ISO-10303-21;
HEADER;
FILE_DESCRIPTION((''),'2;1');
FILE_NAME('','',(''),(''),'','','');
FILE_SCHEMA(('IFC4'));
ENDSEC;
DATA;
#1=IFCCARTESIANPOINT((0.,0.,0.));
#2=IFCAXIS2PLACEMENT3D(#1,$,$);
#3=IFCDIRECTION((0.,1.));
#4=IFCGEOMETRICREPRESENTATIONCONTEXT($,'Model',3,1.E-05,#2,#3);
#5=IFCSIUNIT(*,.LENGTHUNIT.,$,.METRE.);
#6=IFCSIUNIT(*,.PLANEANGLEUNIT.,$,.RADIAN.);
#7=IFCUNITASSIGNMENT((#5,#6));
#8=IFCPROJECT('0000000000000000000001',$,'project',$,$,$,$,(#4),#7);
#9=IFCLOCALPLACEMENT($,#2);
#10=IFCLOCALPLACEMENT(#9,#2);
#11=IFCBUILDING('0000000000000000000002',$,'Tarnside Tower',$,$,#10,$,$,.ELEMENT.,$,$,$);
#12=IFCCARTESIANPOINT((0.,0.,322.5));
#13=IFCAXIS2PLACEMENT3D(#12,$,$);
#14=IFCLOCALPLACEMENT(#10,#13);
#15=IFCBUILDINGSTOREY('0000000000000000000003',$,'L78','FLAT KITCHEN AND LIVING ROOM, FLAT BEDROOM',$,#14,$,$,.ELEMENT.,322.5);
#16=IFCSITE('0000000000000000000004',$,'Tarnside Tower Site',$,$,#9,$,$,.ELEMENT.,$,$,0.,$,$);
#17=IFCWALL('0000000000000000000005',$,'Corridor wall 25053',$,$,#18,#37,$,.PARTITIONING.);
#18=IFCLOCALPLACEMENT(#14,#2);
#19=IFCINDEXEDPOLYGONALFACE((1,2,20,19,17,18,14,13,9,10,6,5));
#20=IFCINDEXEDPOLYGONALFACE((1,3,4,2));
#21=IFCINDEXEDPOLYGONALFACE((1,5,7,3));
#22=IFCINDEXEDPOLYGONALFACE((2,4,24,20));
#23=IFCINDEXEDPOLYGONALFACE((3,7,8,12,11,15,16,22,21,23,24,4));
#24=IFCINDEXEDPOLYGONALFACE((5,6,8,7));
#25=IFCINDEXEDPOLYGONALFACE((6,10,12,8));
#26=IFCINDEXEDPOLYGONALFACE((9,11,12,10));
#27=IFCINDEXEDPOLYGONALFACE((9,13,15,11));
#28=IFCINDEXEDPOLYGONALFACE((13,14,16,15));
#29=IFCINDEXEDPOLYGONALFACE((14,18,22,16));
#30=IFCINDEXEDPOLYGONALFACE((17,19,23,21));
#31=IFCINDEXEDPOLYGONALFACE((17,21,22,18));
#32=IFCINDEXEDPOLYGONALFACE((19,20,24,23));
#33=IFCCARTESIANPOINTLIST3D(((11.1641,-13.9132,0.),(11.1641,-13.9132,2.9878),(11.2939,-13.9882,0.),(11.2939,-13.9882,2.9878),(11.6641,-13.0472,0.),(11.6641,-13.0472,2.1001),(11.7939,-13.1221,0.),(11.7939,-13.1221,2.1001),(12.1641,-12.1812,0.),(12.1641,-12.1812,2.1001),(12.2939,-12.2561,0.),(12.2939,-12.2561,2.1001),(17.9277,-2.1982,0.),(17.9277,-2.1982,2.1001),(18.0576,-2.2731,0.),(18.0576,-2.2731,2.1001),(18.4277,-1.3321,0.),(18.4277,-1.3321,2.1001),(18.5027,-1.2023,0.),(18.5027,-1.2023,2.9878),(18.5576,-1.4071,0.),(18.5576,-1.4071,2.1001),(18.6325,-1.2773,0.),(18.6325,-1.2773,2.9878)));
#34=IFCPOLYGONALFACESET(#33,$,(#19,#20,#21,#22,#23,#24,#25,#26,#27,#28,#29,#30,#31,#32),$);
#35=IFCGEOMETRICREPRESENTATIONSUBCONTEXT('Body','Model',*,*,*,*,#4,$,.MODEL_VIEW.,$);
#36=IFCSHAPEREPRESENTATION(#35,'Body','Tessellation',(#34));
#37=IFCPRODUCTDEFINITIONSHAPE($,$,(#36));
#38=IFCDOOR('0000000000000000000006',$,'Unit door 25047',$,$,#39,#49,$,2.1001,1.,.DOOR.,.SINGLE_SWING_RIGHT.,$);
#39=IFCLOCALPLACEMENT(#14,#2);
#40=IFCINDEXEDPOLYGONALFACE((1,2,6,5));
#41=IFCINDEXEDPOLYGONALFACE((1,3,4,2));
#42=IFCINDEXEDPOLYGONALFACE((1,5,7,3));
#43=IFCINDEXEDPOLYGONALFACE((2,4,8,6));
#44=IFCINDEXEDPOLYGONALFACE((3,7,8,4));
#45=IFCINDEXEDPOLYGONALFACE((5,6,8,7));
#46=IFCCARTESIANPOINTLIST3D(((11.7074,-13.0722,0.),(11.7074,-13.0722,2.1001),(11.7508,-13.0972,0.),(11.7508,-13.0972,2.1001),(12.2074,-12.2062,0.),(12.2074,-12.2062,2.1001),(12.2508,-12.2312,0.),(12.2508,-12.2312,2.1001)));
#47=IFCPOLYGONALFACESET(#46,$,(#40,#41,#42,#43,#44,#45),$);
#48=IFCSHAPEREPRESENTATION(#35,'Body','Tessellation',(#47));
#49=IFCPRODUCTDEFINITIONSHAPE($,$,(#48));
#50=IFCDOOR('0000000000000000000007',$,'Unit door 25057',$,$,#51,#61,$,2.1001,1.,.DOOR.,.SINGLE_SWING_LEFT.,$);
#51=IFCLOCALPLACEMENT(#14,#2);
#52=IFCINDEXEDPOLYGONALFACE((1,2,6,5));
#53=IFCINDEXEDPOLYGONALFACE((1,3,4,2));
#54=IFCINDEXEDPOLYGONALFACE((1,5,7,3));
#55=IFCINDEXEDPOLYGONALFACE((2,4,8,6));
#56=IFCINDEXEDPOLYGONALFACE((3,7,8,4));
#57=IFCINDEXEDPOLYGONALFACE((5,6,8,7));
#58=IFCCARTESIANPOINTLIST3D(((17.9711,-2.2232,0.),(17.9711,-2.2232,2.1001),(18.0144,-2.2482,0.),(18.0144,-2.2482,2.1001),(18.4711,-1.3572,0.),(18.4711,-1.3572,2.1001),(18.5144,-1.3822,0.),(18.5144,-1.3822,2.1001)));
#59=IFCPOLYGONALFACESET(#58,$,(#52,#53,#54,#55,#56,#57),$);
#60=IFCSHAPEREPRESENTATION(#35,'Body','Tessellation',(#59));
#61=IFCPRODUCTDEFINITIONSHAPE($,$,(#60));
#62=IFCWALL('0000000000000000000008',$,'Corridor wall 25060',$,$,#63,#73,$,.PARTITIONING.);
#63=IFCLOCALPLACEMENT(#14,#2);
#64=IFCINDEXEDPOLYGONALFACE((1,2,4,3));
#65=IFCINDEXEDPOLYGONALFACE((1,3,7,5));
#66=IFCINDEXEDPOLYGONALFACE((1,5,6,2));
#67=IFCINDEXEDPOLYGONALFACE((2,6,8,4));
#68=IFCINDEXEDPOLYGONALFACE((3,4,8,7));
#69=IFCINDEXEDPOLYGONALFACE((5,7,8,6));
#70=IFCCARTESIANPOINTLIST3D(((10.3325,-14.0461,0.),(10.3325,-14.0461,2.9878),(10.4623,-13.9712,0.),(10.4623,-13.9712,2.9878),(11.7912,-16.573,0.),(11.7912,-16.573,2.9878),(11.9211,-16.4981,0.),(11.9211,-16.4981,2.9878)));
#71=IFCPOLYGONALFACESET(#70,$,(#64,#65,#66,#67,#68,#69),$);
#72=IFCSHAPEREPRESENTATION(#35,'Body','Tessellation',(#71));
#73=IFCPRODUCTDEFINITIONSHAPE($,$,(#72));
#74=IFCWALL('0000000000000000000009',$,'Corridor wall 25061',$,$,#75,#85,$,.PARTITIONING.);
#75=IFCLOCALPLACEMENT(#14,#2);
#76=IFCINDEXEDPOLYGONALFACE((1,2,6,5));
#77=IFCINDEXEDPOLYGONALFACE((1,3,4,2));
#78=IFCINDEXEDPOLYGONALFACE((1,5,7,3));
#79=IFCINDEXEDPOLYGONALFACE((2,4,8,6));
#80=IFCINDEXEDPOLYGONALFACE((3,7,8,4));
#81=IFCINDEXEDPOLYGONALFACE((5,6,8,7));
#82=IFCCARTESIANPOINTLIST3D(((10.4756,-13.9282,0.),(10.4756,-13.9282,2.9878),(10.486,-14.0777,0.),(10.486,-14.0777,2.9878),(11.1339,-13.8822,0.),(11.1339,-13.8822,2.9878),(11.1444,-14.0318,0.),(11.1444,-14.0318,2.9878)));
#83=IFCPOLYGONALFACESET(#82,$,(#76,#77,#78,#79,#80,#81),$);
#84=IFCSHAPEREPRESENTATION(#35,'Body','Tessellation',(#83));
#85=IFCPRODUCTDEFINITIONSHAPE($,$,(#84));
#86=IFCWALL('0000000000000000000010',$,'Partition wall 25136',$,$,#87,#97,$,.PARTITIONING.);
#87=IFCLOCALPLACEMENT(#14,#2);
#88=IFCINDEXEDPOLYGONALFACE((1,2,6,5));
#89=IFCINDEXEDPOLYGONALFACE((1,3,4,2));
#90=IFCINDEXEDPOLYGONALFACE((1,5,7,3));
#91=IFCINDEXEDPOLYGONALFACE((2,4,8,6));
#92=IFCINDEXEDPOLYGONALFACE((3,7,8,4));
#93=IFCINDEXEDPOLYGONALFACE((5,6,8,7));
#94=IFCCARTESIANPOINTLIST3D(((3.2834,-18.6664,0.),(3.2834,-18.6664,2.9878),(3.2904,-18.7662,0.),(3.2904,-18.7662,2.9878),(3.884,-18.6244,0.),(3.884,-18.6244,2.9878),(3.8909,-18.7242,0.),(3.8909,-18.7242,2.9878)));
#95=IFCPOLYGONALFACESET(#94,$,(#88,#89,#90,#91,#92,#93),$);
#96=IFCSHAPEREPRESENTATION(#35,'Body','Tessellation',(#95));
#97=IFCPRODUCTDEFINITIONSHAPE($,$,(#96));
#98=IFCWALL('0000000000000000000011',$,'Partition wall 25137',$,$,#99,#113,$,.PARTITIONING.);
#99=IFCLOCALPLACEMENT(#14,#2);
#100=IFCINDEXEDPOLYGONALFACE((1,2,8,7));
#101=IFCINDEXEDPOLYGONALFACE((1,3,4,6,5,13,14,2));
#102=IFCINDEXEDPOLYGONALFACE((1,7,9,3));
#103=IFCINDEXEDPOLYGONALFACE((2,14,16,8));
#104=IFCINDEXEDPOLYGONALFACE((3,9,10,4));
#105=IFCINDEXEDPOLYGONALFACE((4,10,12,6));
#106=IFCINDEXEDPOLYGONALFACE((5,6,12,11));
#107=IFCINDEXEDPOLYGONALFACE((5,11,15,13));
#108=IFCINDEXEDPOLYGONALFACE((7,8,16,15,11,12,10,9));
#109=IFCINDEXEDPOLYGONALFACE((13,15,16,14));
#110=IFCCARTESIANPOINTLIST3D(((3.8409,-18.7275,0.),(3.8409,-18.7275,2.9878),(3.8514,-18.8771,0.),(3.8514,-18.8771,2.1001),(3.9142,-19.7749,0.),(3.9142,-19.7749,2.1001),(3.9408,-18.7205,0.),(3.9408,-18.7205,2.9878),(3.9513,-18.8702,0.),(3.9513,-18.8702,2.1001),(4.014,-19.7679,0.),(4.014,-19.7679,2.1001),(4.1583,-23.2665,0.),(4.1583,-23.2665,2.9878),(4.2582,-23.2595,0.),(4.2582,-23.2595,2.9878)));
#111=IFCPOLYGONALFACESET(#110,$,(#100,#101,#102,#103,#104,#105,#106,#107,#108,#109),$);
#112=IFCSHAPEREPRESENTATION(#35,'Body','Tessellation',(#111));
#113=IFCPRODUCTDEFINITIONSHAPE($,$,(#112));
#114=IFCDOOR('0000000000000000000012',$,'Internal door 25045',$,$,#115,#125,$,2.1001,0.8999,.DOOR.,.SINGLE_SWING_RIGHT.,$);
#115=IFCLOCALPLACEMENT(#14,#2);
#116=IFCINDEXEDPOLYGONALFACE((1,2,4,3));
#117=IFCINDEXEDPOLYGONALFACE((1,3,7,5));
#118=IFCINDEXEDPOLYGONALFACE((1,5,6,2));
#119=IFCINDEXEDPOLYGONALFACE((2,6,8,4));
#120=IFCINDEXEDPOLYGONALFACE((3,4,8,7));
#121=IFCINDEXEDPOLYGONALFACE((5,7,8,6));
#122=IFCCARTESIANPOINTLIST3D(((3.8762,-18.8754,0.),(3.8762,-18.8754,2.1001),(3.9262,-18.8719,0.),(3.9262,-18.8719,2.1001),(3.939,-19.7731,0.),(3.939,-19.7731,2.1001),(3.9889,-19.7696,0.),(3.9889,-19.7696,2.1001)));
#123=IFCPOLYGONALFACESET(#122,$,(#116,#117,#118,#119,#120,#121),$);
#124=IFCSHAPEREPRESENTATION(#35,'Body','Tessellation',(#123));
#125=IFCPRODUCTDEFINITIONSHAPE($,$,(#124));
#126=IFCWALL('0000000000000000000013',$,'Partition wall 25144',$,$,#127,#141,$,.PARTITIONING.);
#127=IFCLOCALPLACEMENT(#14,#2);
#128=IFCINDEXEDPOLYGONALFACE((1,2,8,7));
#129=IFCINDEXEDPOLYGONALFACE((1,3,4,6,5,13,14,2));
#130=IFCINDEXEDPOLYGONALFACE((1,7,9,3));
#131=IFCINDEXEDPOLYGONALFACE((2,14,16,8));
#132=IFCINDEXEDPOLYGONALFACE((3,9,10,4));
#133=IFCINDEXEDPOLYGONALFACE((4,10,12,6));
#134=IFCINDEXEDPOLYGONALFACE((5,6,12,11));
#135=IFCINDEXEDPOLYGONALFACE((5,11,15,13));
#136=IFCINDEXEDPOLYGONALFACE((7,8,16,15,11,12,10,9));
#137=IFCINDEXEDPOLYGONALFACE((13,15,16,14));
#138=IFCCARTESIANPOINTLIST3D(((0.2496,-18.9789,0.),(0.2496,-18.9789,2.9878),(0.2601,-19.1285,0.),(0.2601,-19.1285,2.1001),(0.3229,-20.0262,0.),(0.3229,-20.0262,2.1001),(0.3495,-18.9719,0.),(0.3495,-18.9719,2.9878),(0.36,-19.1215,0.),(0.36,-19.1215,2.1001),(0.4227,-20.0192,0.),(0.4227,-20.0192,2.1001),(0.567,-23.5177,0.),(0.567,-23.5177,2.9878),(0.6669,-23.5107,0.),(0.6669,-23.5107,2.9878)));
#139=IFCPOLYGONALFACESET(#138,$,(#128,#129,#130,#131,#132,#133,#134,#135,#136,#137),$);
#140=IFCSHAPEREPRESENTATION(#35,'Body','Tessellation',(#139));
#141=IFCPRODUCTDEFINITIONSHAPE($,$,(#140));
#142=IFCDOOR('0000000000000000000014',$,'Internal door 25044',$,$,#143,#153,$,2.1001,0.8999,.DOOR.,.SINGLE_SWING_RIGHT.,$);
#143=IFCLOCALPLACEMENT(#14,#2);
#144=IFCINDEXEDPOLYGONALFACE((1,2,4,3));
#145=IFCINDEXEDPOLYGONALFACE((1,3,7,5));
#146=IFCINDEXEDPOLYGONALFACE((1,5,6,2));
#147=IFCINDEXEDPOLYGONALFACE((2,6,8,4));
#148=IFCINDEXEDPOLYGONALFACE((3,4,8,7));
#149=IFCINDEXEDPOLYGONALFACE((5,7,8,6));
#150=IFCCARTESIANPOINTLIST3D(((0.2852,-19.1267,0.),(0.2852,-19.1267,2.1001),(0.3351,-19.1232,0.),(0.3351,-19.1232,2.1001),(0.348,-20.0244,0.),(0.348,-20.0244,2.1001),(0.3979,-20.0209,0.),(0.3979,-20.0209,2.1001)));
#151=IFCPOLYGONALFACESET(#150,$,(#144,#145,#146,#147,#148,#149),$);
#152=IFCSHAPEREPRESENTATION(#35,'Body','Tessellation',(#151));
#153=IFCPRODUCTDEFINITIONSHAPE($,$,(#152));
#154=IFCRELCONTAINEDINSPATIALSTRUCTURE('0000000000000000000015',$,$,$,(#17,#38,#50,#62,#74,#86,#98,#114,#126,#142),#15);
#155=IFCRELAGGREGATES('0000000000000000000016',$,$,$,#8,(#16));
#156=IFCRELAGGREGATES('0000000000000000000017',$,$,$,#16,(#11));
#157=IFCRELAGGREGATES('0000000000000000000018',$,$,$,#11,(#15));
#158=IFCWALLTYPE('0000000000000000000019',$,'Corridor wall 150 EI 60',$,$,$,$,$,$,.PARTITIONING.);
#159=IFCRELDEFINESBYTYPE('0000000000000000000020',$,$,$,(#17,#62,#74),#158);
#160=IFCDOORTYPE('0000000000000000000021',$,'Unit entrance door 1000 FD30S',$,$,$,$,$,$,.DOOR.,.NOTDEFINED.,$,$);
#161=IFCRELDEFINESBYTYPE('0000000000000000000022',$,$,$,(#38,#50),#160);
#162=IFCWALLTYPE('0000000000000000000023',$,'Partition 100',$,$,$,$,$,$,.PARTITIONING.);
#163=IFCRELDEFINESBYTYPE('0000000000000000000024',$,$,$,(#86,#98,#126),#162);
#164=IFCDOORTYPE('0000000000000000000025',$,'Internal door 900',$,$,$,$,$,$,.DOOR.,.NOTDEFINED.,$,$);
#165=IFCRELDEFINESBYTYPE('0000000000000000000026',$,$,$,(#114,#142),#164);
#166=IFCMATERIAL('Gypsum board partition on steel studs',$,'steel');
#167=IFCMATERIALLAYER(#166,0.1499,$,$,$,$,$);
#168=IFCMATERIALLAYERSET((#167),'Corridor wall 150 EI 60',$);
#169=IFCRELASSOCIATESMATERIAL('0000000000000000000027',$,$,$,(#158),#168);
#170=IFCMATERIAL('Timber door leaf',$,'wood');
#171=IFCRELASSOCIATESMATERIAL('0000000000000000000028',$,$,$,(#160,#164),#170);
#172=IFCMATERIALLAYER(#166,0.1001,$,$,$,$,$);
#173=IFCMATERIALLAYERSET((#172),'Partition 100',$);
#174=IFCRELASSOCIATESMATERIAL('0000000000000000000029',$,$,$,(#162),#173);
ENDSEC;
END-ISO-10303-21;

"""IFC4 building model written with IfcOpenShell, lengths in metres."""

from ifc_helpers import new_model, si_unit, direction, frame, frame_2d, origin, place, context, subcontext, project, spatial, rectangle, extrude, material, layer, layer_set, type_object, element, fill, save


model = new_model("IFC4")

# Units and contexts
model_context = context("Model", 3, precision=1e-05, world=origin(), true_north=direction((0.0, 1.0)))
body_context = subcontext(model_context, "Body", "Model", "MODEL_VIEW")
ifc_project = project(units=[si_unit("LENGTHUNIT", "METRE"), si_unit("PLANEANGLEUNIT", "RADIAN")], contexts=[model_context])

# Site, building, storey
site_placement = place(None, origin())
site = spatial("IfcSite", under=ifc_project, at=site_placement, Name="Tarnside Tower Site", CompositionType="ELEMENT", RefElevation=0.0)
building_placement = place(site_placement, origin())
building = spatial("IfcBuilding", under=site, at=building_placement, Name="Tarnside Tower", CompositionType="ELEMENT")
storey_placement = place(building_placement, frame((0.0, 0.0, 322.5)))
storey = spatial("IfcBuildingStorey", under=building, at=storey_placement, Name="L78", Description="FLAT KITCHEN AND LIVING ROOM, FLAT BEDROOM", CompositionType="ELEMENT", Elevation=322.5)

# Shared definitions
ifc_material_1 = material(Name="Gypsum board partition on steel studs", Category="steel")

# Shared definitions
ifc_material_2 = material(Name="Timber door leaf", Category="wood")

# Shared definitions
ifc_layer_1 = layer(ifc_material_1, 0.1499)
ifc_layer_set_1 = layer_set([ifc_layer_1], Name="Corridor wall 150 EI 60")
wall_type_1 = type_object("IfcWallType", Name="Corridor wall 150 EI 60", PredefinedType="PARTITIONING", material=ifc_layer_set_1)

# Wall, openings, doors
wall_1_placement = place(storey_placement, frame((11.229, -13.9507, 0.0), z_axis=(0.0, 0.0, 1.0), x_axis=(0.499998, 0.866027, 0.0)))
wall_1 = element("IfcWall", 1, at=wall_1_placement, inside=storey, type_object=wall_type_1, Name="Corridor wall 25053", PredefinedType="PARTITIONING", context=body_context, shape_type="SweptSolid", body=[
    extrude(rectangle(XDim=14.6772, YDim=0.1499, at=frame_2d((7.3386, 0.0))), origin(), (0.0, 0.0, 1.0), 2.9878),
])
opening_1_placement = place(wall_1_placement, frame((1.0, 0.0, 0.0)))
opening_1 = element("IfcOpeningElement", 2, at=opening_1_placement, cuts=wall_1, PredefinedType="OPENING", context=body_context, shape_type="SweptSolid", body=[
    extrude(rectangle(XDim=1.0, YDim=2.1001, at=frame_2d((0.5, 1.05))), frame((0.0, 0.085, 0.0), z_axis=(0.0, -1.0, 0.0), x_axis=(1.0, 0.0, 0.0)), (0.0, 0.0, 1.0), 0.1699),
])
opening_2_placement = place(wall_1_placement, frame((13.5273, 0.0, 0.0)))
opening_2 = element("IfcOpeningElement", 3, at=opening_2_placement, cuts=wall_1, PredefinedType="OPENING", context=body_context, shape_type="SweptSolid", body=[
    extrude(rectangle(XDim=1.0, YDim=2.1001, at=frame_2d((0.5, 1.05))), frame((0.0, 0.085, 0.0), z_axis=(0.0, -1.0, 0.0), x_axis=(1.0, 0.0, 0.0)), (0.0, 0.0, 1.0), 0.1699),
])
door_type_1 = type_object("IfcDoorType", Name="Unit entrance door 1000 FD30S", OperationType="NOTDEFINED", PredefinedType="DOOR", material=ifc_material_2)
door_1_placement = place(opening_1_placement, origin())
door_1 = element("IfcDoor", 4, at=door_1_placement, inside=storey, type_object=door_type_1, Name="Unit door 25047", OperationType="SINGLE_SWING_RIGHT", OverallHeight=2.1001, OverallWidth=1.0, PredefinedType="DOOR", context=body_context, shape_type="SweptSolid", body=[
    extrude(rectangle(XDim=1.0, YDim=2.1001, at=frame_2d((0.5, 1.05))), frame((0.0, 0.0249, 0.0), z_axis=(0.0, -1.0, 0.0), x_axis=(1.0, 0.0, 0.0)), (0.0, 0.0, 1.0), 0.05),
])
fill(opening_1, door_1)
door_2_placement = place(opening_2_placement, origin())
door_2 = element("IfcDoor", 5, at=door_2_placement, inside=storey, type_object=door_type_1, Name="Unit door 25057", OperationType="SINGLE_SWING_LEFT", OverallHeight=2.1001, OverallWidth=1.0, PredefinedType="DOOR", context=body_context, shape_type="SweptSolid", body=[
    extrude(rectangle(XDim=1.0, YDim=2.1001, at=frame_2d((0.5, 1.05))), frame((0.0, 0.0249, 0.0), z_axis=(0.0, -1.0, 0.0), x_axis=(1.0, 0.0, 0.0)), (0.0, 0.0, 1.0), 0.05),
])
fill(opening_2, door_2)

# Walls
wall_2_placement = place(storey_placement, frame((11.8562, -16.5356, 0.0), z_axis=(0.0, 0.0, 1.0), x_axis=(-0.499964, 0.866046, 0.0)))
element("IfcWall", 6, at=wall_2_placement, inside=storey, type_object=wall_type_1, Name="Corridor wall 25060", PredefinedType="PARTITIONING", context=body_context, shape_type="SweptSolid", body=[
    extrude(rectangle(XDim=2.9177, YDim=0.1499, at=frame_2d((1.459, 0.0))), origin(), (0.0, 0.0, 1.0), 2.9878),
])
wall_3_placement = place(storey_placement, frame((10.4807, -14.0029, 0.0), z_axis=(0.0, 0.0, 1.0), x_axis=(0.997577, 0.069564, 0.0)))
element("IfcWall", 7, at=wall_3_placement, inside=storey, type_object=wall_type_1, Name="Corridor wall 25061", PredefinedType="PARTITIONING", context=body_context, shape_type="SweptSolid", body=[
    extrude(rectangle(XDim=0.6599, YDim=0.1499, at=frame_2d((0.3301, 0.0))), origin(), (0.0, 0.0, 1.0), 2.9878),
])
ifc_layer_2 = layer(ifc_material_1, 0.1001)
ifc_layer_set_2 = layer_set([ifc_layer_2], Name="Partition 100")
wall_type_2 = type_object("IfcWallType", Name="Partition 100", PredefinedType="PARTITIONING", material=ifc_layer_set_2)
wall_4_placement = place(storey_placement, frame((3.2869, -18.7163, 0.0), z_axis=(0.0, 0.0, 1.0), x_axis=(0.997565, 0.069748, 0.0)))
element("IfcWall", 8, at=wall_4_placement, inside=storey, type_object=wall_type_2, Name="Partition wall 25136", PredefinedType="PARTITIONING", context=body_context, shape_type="SweptSolid", body=[
    extrude(rectangle(XDim=0.6021, YDim=0.1001, at=frame_2d((0.301, 0.0))), origin(), (0.0, 0.0, 1.0), 2.9878),
])

# Walls, openings, doors
wall_5_placement = place(storey_placement, frame((3.8909, -18.7241, 0.0), z_axis=(0.0, 0.0, 1.0), x_axis=(0.069752, -0.997564, 0.0)))
wall_5 = element("IfcWall", 9, at=wall_5_placement, inside=storey, type_object=wall_type_2, Name="Partition wall 25137", PredefinedType="PARTITIONING", context=body_context, shape_type="SweptSolid", body=[
    extrude(rectangle(XDim=4.55, YDim=0.1001, at=frame_2d((2.2749, 0.0))), origin(), (0.0, 0.0, 1.0), 2.9878),
])
opening_3_placement = place(wall_5_placement, frame((0.1499, 0.0, 0.0)))
opening_3 = element("IfcOpeningElement", 10, at=opening_3_placement, cuts=wall_5, PredefinedType="OPENING", context=body_context, shape_type="SweptSolid", body=[
    extrude(rectangle(XDim=0.8999, YDim=2.1001, at=frame_2d((0.45, 1.05))), frame((0.0, 0.0601, 0.0), z_axis=(0.0, -1.0, 0.0), x_axis=(1.0, 0.0, 0.0)), (0.0, 0.0, 1.0), 0.1201),
])
door_type_2 = type_object("IfcDoorType", Name="Internal door 900", OperationType="NOTDEFINED", PredefinedType="DOOR", material=ifc_material_2)
door_3_placement = place(opening_3_placement, origin())
door_3 = element("IfcDoor", 11, at=door_3_placement, inside=storey, type_object=door_type_2, Name="Internal door 25045", OperationType="SINGLE_SWING_RIGHT", OverallHeight=2.1001, OverallWidth=0.8999, PredefinedType="DOOR", context=body_context, shape_type="SweptSolid", body=[
    extrude(rectangle(XDim=0.8999, YDim=2.1001, at=frame_2d((0.45, 1.05))), frame((0.0, 0.0249, 0.0), z_axis=(0.0, -1.0, 0.0), x_axis=(1.0, 0.0, 0.0)), (0.0, 0.0, 1.0), 0.05),
])
fill(opening_3, door_3)
wall_6_placement = place(storey_placement, frame((0.6169, -23.5142, 0.0), z_axis=(0.0, 0.0, 1.0), x_axis=(-0.069756, 0.997564, 0.0)))
wall_6 = element("IfcWall", 12, at=wall_6_placement, inside=storey, type_object=wall_type_2, Name="Partition wall 25144", PredefinedType="PARTITIONING", context=body_context, shape_type="SweptSolid", body=[
    extrude(rectangle(XDim=4.5498, YDim=0.1001, at=frame_2d((2.2749, 0.0))), origin(), (0.0, 0.0, 1.0), 2.9878),
])
opening_4_placement = place(wall_6_placement, frame((3.5, 0.0, 0.0)))
opening_4 = element("IfcOpeningElement", 13, at=opening_4_placement, cuts=wall_6, PredefinedType="OPENING", context=body_context, shape_type="SweptSolid", body=[
    extrude(rectangle(XDim=0.8999, YDim=2.1001, at=frame_2d((0.45, 1.05))), frame((0.0, 0.0601, 0.0), z_axis=(0.0, -1.0, 0.0), x_axis=(1.0, 0.0, 0.0)), (0.0, 0.0, 1.0), 0.1201),
])
door_4_placement = place(opening_4_placement, origin())
door_4 = element("IfcDoor", 14, at=door_4_placement, inside=storey, type_object=door_type_2, Name="Internal door 25044", OperationType="SINGLE_SWING_RIGHT", OverallHeight=2.1001, OverallWidth=0.8999, PredefinedType="DOOR", context=body_context, shape_type="SweptSolid", body=[
    extrude(rectangle(XDim=0.8999, YDim=2.1001, at=frame_2d((0.45, 1.05))), frame((0.0, 0.0249, 0.0), z_axis=(0.0, -1.0, 0.0), x_axis=(1.0, 0.0, 0.0)), (0.0, 0.0, 1.0), 0.05),
])
fill(opening_4, door_4)

save(model, "model.ifc")
